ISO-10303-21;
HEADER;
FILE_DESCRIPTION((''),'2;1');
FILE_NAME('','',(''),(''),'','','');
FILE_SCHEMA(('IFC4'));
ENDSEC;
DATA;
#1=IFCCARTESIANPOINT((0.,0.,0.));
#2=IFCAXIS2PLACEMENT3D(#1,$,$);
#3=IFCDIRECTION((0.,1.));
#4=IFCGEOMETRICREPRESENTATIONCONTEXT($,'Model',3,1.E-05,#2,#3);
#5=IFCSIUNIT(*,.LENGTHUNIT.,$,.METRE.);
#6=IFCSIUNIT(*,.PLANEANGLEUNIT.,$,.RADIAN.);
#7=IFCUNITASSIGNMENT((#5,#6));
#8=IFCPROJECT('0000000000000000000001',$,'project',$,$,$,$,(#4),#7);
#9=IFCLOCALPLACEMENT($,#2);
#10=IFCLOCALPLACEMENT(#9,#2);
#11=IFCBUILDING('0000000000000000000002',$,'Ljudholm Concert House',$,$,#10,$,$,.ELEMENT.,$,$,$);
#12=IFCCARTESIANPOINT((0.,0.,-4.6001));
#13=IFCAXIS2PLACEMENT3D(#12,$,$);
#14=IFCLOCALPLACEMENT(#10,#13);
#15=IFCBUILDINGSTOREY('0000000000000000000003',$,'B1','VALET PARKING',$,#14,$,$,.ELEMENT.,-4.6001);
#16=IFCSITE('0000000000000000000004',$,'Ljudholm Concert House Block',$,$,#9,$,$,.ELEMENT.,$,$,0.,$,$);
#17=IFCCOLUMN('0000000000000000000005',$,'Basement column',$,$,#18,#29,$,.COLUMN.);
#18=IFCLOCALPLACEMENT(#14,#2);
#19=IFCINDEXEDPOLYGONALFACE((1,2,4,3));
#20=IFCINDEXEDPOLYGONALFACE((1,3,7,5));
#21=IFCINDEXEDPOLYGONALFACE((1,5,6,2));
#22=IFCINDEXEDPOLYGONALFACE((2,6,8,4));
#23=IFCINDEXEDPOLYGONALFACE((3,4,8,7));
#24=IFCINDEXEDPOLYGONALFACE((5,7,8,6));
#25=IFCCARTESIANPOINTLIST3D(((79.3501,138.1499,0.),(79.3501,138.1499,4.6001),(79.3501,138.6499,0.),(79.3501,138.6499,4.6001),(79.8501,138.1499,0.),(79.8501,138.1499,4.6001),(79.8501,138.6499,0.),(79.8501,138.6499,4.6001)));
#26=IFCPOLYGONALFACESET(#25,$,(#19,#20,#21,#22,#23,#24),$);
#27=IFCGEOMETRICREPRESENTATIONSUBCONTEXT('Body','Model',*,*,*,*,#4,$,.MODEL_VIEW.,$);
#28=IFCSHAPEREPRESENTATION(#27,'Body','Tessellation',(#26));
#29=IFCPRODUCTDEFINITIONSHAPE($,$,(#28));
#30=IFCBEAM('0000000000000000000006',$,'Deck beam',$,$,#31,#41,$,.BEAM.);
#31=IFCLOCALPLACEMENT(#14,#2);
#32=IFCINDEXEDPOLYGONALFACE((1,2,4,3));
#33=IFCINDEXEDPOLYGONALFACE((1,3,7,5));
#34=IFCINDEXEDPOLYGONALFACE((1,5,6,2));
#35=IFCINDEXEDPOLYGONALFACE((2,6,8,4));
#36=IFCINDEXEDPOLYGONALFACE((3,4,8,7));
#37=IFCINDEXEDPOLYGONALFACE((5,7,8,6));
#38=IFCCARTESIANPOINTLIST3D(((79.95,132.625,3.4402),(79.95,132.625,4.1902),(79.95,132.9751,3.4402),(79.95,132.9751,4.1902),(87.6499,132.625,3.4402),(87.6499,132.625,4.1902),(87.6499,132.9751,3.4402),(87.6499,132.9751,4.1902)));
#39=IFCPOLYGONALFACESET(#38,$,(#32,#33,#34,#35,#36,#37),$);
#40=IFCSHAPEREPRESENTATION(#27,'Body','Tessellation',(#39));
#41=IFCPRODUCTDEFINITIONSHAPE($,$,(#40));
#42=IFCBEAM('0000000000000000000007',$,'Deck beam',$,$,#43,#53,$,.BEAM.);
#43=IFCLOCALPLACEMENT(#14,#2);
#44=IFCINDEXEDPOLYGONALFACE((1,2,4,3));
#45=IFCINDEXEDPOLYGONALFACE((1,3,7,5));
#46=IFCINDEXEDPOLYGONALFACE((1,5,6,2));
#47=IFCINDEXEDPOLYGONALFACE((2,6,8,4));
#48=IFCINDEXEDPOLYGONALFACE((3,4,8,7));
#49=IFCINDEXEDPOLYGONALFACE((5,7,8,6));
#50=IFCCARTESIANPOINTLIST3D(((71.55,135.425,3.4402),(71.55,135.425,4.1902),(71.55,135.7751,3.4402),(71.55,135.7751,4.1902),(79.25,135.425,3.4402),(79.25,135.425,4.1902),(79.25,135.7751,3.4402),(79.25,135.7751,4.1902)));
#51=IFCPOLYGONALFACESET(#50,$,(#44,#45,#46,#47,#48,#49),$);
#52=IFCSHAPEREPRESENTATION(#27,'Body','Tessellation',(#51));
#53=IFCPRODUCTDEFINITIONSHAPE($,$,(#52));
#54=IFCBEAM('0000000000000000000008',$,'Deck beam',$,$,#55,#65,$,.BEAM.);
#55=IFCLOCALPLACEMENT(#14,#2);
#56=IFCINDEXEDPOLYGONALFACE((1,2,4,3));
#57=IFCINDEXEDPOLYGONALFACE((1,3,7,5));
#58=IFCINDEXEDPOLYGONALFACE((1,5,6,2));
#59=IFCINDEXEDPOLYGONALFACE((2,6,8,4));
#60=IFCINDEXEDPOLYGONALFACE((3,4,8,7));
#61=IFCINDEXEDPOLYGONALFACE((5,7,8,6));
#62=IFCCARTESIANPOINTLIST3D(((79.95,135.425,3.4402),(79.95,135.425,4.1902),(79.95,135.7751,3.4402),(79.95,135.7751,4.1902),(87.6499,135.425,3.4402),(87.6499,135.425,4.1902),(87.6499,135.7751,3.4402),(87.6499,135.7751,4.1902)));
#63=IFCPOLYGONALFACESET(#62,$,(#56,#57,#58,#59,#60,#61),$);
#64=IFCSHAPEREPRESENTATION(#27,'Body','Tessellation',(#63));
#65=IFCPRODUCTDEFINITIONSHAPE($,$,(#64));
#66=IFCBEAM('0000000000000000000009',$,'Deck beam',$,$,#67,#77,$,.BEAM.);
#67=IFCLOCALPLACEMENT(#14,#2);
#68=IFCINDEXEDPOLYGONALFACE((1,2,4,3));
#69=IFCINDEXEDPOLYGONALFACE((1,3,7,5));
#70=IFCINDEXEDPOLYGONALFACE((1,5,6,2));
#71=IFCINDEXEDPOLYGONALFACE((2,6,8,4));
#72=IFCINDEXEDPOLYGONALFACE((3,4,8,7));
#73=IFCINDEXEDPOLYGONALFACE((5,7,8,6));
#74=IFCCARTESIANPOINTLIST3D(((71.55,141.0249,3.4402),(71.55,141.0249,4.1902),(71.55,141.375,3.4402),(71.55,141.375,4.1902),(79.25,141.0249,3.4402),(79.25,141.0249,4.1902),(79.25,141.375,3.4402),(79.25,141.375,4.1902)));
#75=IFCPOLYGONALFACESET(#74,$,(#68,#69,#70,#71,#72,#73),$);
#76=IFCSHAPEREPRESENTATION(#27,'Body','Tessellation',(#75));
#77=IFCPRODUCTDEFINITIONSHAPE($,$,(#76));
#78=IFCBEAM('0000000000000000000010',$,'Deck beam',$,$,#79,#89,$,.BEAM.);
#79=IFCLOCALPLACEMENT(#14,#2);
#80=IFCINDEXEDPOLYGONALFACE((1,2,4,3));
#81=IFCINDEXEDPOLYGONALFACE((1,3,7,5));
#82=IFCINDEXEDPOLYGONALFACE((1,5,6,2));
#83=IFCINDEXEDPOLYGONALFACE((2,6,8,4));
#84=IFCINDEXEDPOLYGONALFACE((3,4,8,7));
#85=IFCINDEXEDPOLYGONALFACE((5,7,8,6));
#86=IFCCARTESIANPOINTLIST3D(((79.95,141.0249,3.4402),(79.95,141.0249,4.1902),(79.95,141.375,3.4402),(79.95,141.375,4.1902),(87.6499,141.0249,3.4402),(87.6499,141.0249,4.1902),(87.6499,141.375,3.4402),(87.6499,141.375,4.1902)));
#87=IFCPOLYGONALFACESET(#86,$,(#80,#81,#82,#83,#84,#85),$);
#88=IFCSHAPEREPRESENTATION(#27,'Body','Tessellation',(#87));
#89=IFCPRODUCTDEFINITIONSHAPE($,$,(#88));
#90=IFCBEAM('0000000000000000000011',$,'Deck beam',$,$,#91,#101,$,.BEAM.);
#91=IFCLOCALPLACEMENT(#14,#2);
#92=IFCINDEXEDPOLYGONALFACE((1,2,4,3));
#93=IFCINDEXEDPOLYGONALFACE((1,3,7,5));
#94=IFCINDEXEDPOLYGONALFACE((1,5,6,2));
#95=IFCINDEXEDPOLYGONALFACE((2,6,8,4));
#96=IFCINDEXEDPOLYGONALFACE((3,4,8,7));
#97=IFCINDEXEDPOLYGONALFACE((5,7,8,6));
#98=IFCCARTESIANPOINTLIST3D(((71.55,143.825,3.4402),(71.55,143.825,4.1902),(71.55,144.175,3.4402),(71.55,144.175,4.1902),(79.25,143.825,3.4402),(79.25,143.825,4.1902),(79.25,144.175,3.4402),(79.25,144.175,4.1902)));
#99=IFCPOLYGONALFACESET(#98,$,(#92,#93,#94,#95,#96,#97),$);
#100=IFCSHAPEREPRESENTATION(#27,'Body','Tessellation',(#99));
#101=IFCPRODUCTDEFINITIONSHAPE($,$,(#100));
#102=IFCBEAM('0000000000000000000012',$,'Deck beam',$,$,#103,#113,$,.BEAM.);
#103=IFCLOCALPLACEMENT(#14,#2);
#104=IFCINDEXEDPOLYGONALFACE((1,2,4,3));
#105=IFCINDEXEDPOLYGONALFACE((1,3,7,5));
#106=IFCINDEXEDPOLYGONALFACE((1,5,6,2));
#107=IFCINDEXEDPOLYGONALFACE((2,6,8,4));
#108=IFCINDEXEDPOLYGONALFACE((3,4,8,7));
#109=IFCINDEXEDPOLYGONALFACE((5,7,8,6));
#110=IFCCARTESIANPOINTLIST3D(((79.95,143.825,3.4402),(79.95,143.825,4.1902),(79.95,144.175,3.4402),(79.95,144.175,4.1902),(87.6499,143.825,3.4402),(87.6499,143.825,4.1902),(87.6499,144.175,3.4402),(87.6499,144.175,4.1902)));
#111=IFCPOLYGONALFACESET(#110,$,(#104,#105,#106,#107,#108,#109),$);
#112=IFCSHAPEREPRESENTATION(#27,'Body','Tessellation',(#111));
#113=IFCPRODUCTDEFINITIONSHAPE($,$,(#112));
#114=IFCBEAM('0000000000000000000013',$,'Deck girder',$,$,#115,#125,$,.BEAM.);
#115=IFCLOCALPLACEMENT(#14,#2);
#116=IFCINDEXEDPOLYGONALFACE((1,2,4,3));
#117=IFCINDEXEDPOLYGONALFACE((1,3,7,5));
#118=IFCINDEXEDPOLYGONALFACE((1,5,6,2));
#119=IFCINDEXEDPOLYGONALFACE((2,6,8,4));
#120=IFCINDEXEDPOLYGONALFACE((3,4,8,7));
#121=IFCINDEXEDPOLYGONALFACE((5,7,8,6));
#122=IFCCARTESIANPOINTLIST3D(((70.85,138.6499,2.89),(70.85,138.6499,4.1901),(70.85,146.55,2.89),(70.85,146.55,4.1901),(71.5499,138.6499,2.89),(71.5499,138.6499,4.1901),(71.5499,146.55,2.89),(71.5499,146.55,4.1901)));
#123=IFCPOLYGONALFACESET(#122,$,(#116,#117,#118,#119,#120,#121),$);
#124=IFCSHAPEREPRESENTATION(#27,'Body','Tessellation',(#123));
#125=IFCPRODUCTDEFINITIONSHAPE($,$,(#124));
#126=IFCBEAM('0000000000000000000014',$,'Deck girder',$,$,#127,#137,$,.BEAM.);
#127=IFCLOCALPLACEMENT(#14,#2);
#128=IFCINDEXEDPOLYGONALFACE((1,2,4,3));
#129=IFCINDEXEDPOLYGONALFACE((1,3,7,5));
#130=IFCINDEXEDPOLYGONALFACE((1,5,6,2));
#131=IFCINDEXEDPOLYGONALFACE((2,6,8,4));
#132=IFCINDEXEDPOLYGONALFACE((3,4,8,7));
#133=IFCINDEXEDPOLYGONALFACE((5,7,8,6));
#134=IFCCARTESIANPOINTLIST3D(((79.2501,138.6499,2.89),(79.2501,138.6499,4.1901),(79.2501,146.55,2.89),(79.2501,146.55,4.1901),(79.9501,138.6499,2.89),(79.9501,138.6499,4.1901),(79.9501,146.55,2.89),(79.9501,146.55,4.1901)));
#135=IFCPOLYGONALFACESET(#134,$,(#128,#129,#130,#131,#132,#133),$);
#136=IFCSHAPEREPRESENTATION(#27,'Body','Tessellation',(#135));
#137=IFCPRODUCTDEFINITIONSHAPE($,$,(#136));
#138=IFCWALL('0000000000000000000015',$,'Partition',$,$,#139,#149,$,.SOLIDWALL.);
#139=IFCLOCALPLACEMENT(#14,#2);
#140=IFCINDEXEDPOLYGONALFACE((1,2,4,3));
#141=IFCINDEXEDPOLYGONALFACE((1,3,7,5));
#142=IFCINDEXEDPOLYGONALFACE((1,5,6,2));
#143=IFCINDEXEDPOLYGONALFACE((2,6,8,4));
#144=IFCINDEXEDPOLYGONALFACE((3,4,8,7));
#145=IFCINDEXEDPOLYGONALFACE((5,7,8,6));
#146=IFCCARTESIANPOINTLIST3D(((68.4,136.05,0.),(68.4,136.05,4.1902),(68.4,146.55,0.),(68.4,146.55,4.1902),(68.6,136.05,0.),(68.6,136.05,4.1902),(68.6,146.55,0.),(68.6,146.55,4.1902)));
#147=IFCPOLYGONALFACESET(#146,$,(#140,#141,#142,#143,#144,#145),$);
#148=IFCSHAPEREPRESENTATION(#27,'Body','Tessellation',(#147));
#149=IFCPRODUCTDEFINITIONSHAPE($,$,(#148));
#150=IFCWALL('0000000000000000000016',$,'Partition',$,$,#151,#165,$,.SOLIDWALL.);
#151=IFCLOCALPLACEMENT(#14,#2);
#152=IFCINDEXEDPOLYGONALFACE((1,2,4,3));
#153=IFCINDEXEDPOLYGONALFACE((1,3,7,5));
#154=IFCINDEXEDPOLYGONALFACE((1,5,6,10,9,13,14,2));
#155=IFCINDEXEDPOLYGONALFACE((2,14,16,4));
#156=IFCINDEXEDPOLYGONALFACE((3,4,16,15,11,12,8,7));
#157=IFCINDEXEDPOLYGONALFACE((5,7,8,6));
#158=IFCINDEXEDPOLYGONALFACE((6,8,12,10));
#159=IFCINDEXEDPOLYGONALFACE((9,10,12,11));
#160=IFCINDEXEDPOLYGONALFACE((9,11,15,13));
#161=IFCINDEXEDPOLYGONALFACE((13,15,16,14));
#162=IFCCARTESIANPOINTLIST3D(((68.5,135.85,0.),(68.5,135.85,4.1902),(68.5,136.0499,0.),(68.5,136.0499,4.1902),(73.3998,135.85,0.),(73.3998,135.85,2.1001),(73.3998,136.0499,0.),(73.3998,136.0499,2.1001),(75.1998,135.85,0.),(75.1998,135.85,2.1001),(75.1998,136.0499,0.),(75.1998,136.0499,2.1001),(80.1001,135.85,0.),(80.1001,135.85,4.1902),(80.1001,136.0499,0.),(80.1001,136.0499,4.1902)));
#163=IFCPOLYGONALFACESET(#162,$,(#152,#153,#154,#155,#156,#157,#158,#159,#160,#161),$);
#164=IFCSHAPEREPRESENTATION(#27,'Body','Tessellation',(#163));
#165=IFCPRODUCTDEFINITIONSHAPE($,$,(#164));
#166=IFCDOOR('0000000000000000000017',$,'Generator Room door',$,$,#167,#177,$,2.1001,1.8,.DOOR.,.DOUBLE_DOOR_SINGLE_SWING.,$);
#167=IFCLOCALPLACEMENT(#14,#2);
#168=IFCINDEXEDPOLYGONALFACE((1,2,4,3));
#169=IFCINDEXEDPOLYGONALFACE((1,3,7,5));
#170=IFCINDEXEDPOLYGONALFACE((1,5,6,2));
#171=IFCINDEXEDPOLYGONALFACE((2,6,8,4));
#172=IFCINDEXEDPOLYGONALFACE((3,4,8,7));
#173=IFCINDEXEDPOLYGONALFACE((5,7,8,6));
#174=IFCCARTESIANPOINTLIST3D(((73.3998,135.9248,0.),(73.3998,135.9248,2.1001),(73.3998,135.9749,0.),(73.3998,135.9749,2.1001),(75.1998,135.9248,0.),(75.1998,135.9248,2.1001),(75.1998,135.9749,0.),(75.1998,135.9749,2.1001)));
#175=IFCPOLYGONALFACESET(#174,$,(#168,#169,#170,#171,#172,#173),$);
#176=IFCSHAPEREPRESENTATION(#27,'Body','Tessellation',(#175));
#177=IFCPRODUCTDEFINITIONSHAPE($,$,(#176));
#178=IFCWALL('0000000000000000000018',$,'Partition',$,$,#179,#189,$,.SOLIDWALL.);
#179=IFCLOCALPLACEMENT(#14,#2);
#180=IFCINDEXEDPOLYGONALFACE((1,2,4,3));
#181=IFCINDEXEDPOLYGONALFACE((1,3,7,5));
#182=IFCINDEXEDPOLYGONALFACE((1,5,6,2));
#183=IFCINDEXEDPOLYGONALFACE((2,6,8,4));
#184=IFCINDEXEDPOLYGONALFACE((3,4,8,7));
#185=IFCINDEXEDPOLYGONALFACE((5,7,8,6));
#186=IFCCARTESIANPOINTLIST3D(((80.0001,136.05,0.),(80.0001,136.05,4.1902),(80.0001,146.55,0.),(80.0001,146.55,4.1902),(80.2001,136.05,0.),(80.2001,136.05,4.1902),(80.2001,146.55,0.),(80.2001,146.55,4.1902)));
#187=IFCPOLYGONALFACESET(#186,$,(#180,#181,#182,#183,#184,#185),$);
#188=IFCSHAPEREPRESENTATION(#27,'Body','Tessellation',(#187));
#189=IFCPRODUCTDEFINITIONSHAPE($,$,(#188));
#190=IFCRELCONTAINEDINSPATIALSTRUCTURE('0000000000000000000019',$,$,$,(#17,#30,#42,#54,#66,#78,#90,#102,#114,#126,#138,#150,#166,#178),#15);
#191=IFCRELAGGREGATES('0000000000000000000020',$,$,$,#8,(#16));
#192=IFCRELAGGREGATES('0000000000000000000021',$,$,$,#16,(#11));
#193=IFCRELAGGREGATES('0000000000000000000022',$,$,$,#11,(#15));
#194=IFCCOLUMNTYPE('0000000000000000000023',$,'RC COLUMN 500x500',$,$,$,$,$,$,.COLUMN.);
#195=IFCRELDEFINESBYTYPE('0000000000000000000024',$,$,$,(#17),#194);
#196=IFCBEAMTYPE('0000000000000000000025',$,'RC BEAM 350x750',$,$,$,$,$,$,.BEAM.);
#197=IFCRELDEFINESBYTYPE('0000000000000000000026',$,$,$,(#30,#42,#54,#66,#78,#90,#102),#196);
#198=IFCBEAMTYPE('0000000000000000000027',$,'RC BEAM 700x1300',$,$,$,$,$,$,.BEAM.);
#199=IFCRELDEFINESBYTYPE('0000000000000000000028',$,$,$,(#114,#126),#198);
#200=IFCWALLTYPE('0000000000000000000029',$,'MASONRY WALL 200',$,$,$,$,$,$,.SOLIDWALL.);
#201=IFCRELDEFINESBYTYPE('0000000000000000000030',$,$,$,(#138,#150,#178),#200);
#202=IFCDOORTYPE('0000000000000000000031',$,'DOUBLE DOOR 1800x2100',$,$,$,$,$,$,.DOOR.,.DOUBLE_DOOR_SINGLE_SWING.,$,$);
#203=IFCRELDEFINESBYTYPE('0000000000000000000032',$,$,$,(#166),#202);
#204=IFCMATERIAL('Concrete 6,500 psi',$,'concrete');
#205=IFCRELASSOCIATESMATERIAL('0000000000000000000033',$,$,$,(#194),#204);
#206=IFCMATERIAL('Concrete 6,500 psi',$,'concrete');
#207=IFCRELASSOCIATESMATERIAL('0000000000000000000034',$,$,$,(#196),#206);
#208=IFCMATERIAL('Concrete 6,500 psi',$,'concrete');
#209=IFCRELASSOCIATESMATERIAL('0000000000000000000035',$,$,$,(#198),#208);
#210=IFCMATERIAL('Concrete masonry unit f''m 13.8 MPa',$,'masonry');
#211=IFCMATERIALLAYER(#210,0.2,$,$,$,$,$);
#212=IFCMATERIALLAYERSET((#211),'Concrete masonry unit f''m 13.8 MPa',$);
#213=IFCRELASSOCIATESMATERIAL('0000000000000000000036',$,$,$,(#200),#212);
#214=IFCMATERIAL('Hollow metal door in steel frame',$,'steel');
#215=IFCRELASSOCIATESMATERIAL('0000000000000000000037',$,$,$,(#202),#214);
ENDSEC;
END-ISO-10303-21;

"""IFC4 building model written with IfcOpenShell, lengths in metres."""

from ifc_helpers import new_model, si_unit, direction, frame, frame_2d, origin, origin_2d, place, context, subcontext, project, spatial, rectangle, extrude, material, layer, layer_set, material_profile, profile_set, type_object, element, fill, save


model = new_model("IFC4")

# Units and contexts
model_context = context("Model", 3, precision=1e-05, world=origin(), true_north=direction((0.0, 1.0)))
body_context = subcontext(model_context, "Body", "Model", "MODEL_VIEW")
ifc_project = project(units=[si_unit("LENGTHUNIT", "METRE"), si_unit("PLANEANGLEUNIT", "RADIAN")], contexts=[model_context])

# Site, building, storey
site_placement = place(None, origin())
site = spatial("IfcSite", under=ifc_project, at=site_placement, Name="Ljudholm Concert House Block", CompositionType="ELEMENT", RefElevation=0.0)
building_placement = place(site_placement, origin())
building = spatial("IfcBuilding", under=site, at=building_placement, Name="Ljudholm Concert House", CompositionType="ELEMENT")
storey_placement = place(building_placement, frame((0.0, 0.0, -4.6001)))
storey = spatial("IfcBuildingStorey", under=building, at=storey_placement, Name="B1", Description="VALET PARKING", CompositionType="ELEMENT", Elevation=-4.6001)

# Column
ifc_material_1 = material(Name="Concrete 6,500 psi", Category="concrete")
ifc_material_profile_1 = material_profile(ifc_material_1, rectangle(XDim=0.5, YDim=0.5, at=origin_2d()), Name="RC COLUMN 500x500")
ifc_profile_set_1 = profile_set([ifc_material_profile_1], Name="Concrete 6,500 psi")
column_type = type_object("IfcColumnType", Name="RC COLUMN 500x500", PredefinedType="COLUMN", material=ifc_profile_set_1)
for number, where, z_axis, x_axis, name in (
    (1, (79.6001, 138.3999, 0.0), (0.0, 0.0, 1.0), (1.0, 0.0, 0.0), "Basement column"),
):
    element("IfcColumn", number, at=place(storey_placement, frame(where, z_axis=z_axis, x_axis=x_axis)), inside=storey, type_object=column_type, Name=name, PredefinedType="COLUMN", context=body_context, shape_type="SweptSolid", body=[
        extrude(rectangle(XDim=0.5, YDim=0.5, at=origin_2d()), origin(), (0.0, 0.0, 1.0), 4.6001),
    ])

# Beams
ifc_material_2 = material(Name="Concrete 6,500 psi", Category="concrete")
ifc_material_profile_2 = material_profile(ifc_material_2, rectangle(XDim=0.3501, YDim=0.75, at=origin_2d()), Name="RC BEAM 350x750")
ifc_profile_set_2 = profile_set([ifc_material_profile_2], Name="Concrete 6,500 psi")
beam_type_1 = type_object("IfcBeamType", Name="RC BEAM 350x750", PredefinedType="BEAM", material=ifc_profile_set_2)
for number, where, z_axis, x_axis, name in (
    (2, (79.95, 132.8, 3.8152), (1.0, 0.0, 0.0), (0.0, 1.0, 0.0), "Deck beam"),
    (3, (71.55, 135.6001, 3.8152), (1.0, 0.0, 0.0), (0.0, 1.0, 0.0), "Deck beam"),
    (4, (79.95, 135.6001, 3.8152), (1.0, 0.0, 0.0), (0.0, 1.0, 0.0), "Deck beam"),
    (5, (71.55, 141.2, 3.8152), (1.0, 0.0, 0.0), (0.0, 1.0, 0.0), "Deck beam"),
    (6, (79.95, 141.2, 3.8152), (1.0, 0.0, 0.0), (0.0, 1.0, 0.0), "Deck beam"),
    (7, (71.55, 144.0, 3.8152), (1.0, 0.0, 0.0), (0.0, 1.0, 0.0), "Deck beam"),
    (8, (79.95, 144.0, 3.8152), (1.0, 0.0, 0.0), (0.0, 1.0, 0.0), "Deck beam"),
):
    element("IfcBeam", number, at=place(storey_placement, frame(where, z_axis=z_axis, x_axis=x_axis)), inside=storey, type_object=beam_type_1, Name=name, PredefinedType="BEAM", context=body_context, shape_type="SweptSolid", body=[
        extrude(rectangle(XDim=0.3501, YDim=0.75, at=origin_2d()), origin(), (0.0, 0.0, 1.0), 7.7),
    ])
ifc_material_3 = material(Name="Concrete 6,500 psi", Category="concrete")
ifc_material_profile_3 = material_profile(ifc_material_3, rectangle(XDim=0.7, YDim=1.3, at=origin_2d()), Name="RC BEAM 700x1300")
ifc_profile_set_3 = profile_set([ifc_material_profile_3], Name="Concrete 6,500 psi")
beam_type_2 = type_object("IfcBeamType", Name="RC BEAM 700x1300", PredefinedType="BEAM", material=ifc_profile_set_3)
for number, where, z_axis, x_axis, name in (
    (9, (71.2, 138.6499, 3.54), (0.0, 1.0, 0.0), (-1.0, 0.0, 0.0), "Deck girder"),
    (10, (79.6001, 138.6499, 3.54), (0.0, 1.0, 0.0), (-1.0, 0.0, 0.0), "Deck girder"),
):
    element("IfcBeam", number, at=place(storey_placement, frame(where, z_axis=z_axis, x_axis=x_axis)), inside=storey, type_object=beam_type_2, Name=name, PredefinedType="BEAM", context=body_context, shape_type="SweptSolid", body=[
        extrude(rectangle(XDim=0.7, YDim=1.3, at=origin_2d()), origin(), (0.0, 0.0, 1.0), 7.9001),
    ])

# Wall
ifc_material_4 = material(Name="Concrete masonry unit f'm 13.8 MPa", Category="masonry")
ifc_layer_1 = layer(ifc_material_4, 0.2)
ifc_layer_set_1 = layer_set([ifc_layer_1], Name="Concrete masonry unit f'm 13.8 MPa")
wall_type_1 = type_object("IfcWallType", Name="MASONRY WALL 200", PredefinedType="SOLIDWALL", material=ifc_layer_set_1)
wall_1_placement = place(storey_placement, frame((68.5, 136.05, 0.0), z_axis=(0.0, 0.0, 1.0), x_axis=(0.0, 1.0, 0.0)))
element("IfcWall", 11, at=wall_1_placement, inside=storey, type_object=wall_type_1, Name="Partition", PredefinedType="SOLIDWALL", context=body_context, shape_type="SweptSolid", body=[
    extrude(rectangle(XDim=10.5, YDim=0.2, at=frame_2d((5.25, 0.0))), origin(), (0.0, 0.0, 1.0), 4.1902),
])

# Wall, opening, door
wall_2_placement = place(storey_placement, frame((68.5, 135.95, 0.0), z_axis=(0.0, 0.0, 1.0), x_axis=(1.0, 0.0, 0.0)))
wall_2 = element("IfcWall", 12, at=wall_2_placement, inside=storey, type_object=wall_type_1, Name="Partition", PredefinedType="SOLIDWALL", context=body_context, shape_type="SweptSolid", body=[
    extrude(rectangle(XDim=11.6001, YDim=0.2, at=frame_2d((5.8, 0.0))), origin(), (0.0, 0.0, 1.0), 4.1902),
])
opening_1_placement = place(wall_2_placement, frame((4.8999, 0.0, 0.0)))
opening_1 = element("IfcOpeningElement", 13, at=opening_1_placement, cuts=wall_2, PredefinedType="OPENING", context=body_context, shape_type="SweptSolid", body=[
    extrude(rectangle(XDim=1.8, YDim=2.1001, at=frame_2d((0.8999, 1.05))), frame((0.0, 0.1099, 0.0), z_axis=(0.0, -1.0, 0.0), x_axis=(1.0, 0.0, 0.0)), (0.0, 0.0, 1.0), 0.22),
])
ifc_material_5 = material(Name="Hollow metal door in steel frame", Category="steel")
door_type_1 = type_object("IfcDoorType", Name="DOUBLE DOOR 1800x2100", OperationType="DOUBLE_DOOR_SINGLE_SWING", PredefinedType="DOOR", material=ifc_material_5)
door_1_placement = place(opening_1_placement, origin())
door_1 = element("IfcDoor", 14, at=door_1_placement, inside=storey, type_object=door_type_1, Name="Generator Room door", OperationType="DOUBLE_DOOR_SINGLE_SWING", OverallHeight=2.1001, OverallWidth=1.8, PredefinedType="DOOR", context=body_context, shape_type="SweptSolid", body=[
    extrude(rectangle(XDim=1.8, YDim=2.1001, at=frame_2d((0.8999, 1.05))), frame((0.0, 0.0249, 0.0), z_axis=(0.0, -1.0, 0.0), x_axis=(1.0, 0.0, 0.0)), (0.0, 0.0, 1.0), 0.05),
])
fill(opening_1, door_1)

# Wall
wall_3_placement = place(storey_placement, frame((80.1001, 136.05, 0.0), z_axis=(0.0, 0.0, 1.0), x_axis=(0.0, 1.0, 0.0)))
element("IfcWall", 15, at=wall_3_placement, inside=storey, type_object=wall_type_1, Name="Partition", PredefinedType="SOLIDWALL", context=body_context, shape_type="SweptSolid", body=[
    extrude(rectangle(XDim=10.5, YDim=0.2, at=frame_2d((5.25, 0.0))), origin(), (0.0, 0.0, 1.0), 4.1902),
])

save(model, "model.ifc")
